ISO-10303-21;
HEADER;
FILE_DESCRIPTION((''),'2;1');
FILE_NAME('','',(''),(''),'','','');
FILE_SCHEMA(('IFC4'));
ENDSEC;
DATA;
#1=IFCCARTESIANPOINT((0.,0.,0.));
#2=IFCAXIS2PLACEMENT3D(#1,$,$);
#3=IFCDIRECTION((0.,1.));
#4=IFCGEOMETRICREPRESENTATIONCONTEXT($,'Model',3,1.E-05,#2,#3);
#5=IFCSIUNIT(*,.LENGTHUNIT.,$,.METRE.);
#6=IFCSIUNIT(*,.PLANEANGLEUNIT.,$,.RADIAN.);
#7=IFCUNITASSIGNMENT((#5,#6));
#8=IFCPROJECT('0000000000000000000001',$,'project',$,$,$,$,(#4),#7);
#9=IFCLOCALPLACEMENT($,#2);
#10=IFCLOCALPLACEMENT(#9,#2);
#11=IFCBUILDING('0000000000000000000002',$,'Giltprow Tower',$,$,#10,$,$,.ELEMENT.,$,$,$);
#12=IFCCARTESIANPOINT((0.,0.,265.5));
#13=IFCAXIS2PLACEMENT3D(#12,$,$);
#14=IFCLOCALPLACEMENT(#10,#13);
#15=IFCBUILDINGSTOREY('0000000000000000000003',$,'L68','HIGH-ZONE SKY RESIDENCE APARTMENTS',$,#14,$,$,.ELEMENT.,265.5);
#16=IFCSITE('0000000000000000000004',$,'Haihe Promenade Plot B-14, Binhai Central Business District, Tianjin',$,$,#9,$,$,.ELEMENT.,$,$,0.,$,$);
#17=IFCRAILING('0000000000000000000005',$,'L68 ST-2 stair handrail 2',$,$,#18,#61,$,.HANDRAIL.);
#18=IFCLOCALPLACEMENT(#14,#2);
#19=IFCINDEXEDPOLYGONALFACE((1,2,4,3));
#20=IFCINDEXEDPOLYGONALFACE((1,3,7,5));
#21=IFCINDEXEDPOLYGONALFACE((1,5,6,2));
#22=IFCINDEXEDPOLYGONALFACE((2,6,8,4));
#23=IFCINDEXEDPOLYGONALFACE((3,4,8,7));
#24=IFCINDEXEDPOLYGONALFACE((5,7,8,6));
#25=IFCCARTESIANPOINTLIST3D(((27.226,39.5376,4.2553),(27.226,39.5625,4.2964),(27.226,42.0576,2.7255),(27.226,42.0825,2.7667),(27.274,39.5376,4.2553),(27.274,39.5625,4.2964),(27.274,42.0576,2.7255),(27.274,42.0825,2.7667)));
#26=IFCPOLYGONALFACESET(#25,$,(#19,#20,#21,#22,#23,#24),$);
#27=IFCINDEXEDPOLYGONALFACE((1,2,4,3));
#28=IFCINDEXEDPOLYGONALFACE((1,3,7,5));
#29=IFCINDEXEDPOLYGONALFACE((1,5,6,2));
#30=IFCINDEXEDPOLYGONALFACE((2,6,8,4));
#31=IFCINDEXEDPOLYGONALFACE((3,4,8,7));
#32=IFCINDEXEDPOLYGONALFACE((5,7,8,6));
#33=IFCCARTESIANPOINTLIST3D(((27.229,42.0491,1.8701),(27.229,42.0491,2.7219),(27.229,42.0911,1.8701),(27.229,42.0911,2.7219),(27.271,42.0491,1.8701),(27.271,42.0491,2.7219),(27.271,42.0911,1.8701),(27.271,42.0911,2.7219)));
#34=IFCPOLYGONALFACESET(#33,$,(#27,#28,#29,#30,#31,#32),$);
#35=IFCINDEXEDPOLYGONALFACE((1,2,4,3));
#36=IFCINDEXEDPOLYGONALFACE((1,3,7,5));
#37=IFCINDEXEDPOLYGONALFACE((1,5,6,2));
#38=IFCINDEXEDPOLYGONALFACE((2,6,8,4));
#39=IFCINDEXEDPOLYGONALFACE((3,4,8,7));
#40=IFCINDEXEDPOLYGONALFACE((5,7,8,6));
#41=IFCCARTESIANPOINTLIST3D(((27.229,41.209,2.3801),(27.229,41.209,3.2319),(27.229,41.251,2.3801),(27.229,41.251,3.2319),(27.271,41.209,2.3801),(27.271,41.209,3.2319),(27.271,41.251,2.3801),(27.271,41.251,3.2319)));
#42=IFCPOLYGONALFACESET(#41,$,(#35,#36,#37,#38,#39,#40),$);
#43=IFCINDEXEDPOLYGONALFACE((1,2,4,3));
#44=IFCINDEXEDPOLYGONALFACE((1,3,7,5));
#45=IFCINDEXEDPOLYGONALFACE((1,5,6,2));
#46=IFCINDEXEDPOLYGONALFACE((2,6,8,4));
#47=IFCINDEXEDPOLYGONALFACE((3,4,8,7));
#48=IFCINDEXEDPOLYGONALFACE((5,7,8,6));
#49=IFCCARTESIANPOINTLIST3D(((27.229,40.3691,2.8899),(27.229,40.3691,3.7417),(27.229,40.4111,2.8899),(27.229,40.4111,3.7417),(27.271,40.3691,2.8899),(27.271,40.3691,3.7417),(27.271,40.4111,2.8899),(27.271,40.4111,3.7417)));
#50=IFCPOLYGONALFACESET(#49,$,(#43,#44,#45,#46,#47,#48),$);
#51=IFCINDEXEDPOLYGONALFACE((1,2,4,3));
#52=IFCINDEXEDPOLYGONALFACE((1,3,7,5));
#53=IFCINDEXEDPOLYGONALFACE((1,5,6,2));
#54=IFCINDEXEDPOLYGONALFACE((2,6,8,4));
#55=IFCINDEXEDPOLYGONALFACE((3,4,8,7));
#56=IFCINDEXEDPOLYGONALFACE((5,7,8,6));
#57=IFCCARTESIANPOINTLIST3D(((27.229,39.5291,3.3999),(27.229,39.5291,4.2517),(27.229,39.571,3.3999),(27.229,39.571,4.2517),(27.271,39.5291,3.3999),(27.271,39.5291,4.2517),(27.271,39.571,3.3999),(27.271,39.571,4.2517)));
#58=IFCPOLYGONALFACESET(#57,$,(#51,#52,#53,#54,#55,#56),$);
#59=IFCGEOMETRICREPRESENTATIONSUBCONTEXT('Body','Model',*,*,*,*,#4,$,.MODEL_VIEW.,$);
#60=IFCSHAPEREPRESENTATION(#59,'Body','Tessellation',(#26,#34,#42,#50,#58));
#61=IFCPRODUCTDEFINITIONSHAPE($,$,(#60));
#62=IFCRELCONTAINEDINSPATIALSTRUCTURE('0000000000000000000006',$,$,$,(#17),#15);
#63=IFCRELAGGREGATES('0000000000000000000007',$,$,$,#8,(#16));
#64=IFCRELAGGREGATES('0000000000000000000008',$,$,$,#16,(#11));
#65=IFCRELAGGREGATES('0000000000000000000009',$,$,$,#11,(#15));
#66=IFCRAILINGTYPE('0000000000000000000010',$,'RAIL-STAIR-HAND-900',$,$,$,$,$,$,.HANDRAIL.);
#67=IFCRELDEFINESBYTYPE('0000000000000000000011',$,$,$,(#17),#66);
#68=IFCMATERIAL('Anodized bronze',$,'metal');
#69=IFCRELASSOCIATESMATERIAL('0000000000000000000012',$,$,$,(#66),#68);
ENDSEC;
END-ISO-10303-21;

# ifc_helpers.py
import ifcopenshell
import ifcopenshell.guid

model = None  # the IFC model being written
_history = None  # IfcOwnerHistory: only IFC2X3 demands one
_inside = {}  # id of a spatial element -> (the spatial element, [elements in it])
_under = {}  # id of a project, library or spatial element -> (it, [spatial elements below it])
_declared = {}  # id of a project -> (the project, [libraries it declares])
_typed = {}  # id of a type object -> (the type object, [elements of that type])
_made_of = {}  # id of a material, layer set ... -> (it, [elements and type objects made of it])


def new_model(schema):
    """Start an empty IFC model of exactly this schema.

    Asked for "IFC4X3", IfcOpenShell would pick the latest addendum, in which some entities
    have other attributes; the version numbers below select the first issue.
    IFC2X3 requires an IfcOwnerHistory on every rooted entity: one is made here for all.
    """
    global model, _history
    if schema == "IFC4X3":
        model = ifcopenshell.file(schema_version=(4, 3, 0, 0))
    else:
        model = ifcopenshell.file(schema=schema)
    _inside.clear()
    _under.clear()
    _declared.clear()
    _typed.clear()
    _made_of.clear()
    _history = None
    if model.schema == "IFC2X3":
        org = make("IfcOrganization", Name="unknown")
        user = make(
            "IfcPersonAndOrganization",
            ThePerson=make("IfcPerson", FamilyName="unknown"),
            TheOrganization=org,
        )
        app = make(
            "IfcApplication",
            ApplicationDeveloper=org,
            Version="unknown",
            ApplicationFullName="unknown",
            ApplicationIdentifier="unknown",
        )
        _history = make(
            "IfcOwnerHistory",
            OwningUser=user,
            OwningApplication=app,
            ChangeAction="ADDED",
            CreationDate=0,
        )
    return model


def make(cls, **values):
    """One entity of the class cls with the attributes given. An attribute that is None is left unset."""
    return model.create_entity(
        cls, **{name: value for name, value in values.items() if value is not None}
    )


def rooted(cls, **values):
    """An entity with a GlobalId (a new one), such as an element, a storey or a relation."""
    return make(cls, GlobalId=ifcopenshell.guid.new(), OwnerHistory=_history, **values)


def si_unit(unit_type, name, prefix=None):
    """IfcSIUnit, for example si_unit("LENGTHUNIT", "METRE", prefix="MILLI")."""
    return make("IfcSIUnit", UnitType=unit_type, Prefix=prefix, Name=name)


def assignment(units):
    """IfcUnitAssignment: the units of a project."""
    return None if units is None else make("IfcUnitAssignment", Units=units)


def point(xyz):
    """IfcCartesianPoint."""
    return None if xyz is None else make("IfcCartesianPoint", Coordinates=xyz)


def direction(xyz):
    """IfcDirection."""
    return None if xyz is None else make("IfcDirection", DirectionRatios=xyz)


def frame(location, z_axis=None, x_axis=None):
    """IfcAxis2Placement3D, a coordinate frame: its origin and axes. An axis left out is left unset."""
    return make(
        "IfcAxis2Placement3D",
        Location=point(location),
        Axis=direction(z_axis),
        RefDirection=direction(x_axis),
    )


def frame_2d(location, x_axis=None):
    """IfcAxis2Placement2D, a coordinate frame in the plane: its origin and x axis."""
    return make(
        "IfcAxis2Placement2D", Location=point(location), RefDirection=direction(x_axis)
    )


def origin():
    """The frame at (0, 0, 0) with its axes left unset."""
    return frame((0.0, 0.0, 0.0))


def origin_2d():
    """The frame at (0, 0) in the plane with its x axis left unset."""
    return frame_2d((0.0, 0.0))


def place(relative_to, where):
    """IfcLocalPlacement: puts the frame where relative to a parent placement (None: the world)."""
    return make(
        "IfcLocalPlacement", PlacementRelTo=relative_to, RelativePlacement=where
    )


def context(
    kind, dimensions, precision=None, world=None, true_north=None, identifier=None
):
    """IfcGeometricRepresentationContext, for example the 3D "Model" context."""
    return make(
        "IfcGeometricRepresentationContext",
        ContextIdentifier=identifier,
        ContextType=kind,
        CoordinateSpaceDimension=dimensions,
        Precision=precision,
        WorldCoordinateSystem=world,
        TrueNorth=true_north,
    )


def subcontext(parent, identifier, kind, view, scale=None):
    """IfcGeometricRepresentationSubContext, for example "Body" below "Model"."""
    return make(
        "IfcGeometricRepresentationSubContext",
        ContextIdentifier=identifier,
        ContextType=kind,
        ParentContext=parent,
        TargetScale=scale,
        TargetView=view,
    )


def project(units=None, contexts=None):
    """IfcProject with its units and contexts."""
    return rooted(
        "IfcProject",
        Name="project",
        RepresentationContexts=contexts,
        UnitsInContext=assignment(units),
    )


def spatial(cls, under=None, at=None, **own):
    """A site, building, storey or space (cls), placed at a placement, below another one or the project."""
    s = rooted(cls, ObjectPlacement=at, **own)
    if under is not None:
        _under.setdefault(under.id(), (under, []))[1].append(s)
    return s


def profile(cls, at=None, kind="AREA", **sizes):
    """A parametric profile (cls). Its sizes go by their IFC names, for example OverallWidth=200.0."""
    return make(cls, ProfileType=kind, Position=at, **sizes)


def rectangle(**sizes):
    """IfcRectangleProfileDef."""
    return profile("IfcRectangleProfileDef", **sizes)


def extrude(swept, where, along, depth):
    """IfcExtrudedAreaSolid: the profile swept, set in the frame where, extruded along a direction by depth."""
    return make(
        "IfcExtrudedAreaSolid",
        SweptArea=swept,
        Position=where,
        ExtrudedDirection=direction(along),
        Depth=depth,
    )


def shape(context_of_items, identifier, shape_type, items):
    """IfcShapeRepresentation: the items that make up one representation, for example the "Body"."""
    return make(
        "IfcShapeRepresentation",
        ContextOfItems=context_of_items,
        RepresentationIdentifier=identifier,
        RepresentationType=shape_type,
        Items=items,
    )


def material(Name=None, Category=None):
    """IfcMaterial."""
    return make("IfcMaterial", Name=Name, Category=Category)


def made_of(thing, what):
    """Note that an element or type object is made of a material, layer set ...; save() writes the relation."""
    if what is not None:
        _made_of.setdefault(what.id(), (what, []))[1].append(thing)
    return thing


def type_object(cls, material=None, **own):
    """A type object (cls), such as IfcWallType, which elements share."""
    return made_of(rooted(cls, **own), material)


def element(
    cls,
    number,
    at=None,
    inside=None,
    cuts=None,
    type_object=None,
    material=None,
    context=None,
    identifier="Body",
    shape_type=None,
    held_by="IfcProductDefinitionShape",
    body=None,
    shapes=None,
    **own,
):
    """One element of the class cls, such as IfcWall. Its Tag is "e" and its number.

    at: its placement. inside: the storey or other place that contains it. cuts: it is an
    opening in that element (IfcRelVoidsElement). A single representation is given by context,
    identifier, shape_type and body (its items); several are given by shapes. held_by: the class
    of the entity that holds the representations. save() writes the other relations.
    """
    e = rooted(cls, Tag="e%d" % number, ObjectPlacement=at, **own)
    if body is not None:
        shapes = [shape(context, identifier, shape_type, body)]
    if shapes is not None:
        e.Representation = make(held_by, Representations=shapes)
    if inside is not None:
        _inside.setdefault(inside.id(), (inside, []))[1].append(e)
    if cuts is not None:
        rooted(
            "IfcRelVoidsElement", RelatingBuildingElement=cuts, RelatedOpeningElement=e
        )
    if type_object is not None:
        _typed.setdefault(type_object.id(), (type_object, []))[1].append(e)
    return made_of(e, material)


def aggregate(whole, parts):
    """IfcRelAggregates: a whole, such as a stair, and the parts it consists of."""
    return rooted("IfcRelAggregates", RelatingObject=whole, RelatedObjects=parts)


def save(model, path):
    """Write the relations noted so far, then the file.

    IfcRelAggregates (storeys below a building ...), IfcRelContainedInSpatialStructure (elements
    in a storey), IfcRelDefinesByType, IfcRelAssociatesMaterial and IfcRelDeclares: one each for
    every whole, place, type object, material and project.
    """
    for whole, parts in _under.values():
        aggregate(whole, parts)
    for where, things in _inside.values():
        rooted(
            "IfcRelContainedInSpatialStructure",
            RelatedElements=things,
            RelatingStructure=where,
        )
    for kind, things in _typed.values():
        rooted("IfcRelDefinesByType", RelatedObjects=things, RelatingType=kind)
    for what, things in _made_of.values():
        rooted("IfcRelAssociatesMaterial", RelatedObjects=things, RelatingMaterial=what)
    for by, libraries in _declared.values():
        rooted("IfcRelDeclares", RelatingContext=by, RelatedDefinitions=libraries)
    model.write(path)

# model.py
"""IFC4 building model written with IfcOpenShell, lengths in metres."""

from ifc_helpers import new_model, si_unit, direction, frame, origin, origin_2d, place, context, subcontext, project, spatial, rectangle, extrude, material, type_object, element, save


model = new_model("IFC4")

# Units and contexts
model_context = context("Model", 3, precision=1e-05, world=origin(), true_north=direction((0.0, 1.0)))
body_context = subcontext(model_context, "Body", "Model", "MODEL_VIEW")
ifc_project = project(units=[si_unit("LENGTHUNIT", "METRE"), si_unit("PLANEANGLEUNIT", "RADIAN")], contexts=[model_context])

# Site, building, storey
site_placement = place(None, origin())
site = spatial("IfcSite", under=ifc_project, at=site_placement, Name="Haihe Promenade Plot B-14, Binhai Central Business District, Tianjin", CompositionType="ELEMENT", RefElevation=0.0)
building_placement = place(site_placement, origin())
building = spatial("IfcBuilding", under=site, at=building_placement, Name="Giltprow Tower", CompositionType="ELEMENT")
storey_placement = place(building_placement, frame((0.0, 0.0, 265.5)))
storey = spatial("IfcBuildingStorey", under=building, at=storey_placement, Name="L68", Description="HIGH-ZONE SKY RESIDENCE APARTMENTS", CompositionType="ELEMENT", Elevation=265.5)

# Railing
ifc_material_1 = material(Name="Anodized bronze", Category="metal")
railing_type_1 = type_object("IfcRailingType", Name="RAIL-STAIR-HAND-900", PredefinedType="HANDRAIL", material=ifc_material_1)
railing_1_placement = place(storey_placement, frame((27.25, 42.0701, 1.8701)))
element("IfcRailing", 1, at=railing_1_placement, inside=storey, type_object=railing_type_1, Name="L68 ST-2 stair handrail 2", PredefinedType="HANDRAIL", context=body_context, shape_type="SweptSolid", body=[
    extrude(rectangle(XDim=0.0481, YDim=0.0481, at=origin_2d()), frame((0.0, 0.0, 0.876), z_axis=(0.0, -0.854822, 0.518922), x_axis=(1.0, 0.0, 0.0)), (0.0, 0.0, 1.0), 2.948),
    extrude(rectangle(XDim=0.042, YDim=0.042, at=origin_2d()), origin(), (0.0, 0.0, 1.0), 0.8518),
    extrude(rectangle(XDim=0.042, YDim=0.042, at=origin_2d()), frame((0.0, -0.8401, 0.51)), (0.0, 0.0, 1.0), 0.8518),
    extrude(rectangle(XDim=0.042, YDim=0.042, at=origin_2d()), frame((0.0, -1.6799, 1.0198)), (0.0, 0.0, 1.0), 0.8518),
    extrude(rectangle(XDim=0.042, YDim=0.042, at=origin_2d()), frame((0.0, -2.52, 1.5298)), (0.0, 0.0, 1.0), 0.8518),
])

save(model, "model.ifc")
